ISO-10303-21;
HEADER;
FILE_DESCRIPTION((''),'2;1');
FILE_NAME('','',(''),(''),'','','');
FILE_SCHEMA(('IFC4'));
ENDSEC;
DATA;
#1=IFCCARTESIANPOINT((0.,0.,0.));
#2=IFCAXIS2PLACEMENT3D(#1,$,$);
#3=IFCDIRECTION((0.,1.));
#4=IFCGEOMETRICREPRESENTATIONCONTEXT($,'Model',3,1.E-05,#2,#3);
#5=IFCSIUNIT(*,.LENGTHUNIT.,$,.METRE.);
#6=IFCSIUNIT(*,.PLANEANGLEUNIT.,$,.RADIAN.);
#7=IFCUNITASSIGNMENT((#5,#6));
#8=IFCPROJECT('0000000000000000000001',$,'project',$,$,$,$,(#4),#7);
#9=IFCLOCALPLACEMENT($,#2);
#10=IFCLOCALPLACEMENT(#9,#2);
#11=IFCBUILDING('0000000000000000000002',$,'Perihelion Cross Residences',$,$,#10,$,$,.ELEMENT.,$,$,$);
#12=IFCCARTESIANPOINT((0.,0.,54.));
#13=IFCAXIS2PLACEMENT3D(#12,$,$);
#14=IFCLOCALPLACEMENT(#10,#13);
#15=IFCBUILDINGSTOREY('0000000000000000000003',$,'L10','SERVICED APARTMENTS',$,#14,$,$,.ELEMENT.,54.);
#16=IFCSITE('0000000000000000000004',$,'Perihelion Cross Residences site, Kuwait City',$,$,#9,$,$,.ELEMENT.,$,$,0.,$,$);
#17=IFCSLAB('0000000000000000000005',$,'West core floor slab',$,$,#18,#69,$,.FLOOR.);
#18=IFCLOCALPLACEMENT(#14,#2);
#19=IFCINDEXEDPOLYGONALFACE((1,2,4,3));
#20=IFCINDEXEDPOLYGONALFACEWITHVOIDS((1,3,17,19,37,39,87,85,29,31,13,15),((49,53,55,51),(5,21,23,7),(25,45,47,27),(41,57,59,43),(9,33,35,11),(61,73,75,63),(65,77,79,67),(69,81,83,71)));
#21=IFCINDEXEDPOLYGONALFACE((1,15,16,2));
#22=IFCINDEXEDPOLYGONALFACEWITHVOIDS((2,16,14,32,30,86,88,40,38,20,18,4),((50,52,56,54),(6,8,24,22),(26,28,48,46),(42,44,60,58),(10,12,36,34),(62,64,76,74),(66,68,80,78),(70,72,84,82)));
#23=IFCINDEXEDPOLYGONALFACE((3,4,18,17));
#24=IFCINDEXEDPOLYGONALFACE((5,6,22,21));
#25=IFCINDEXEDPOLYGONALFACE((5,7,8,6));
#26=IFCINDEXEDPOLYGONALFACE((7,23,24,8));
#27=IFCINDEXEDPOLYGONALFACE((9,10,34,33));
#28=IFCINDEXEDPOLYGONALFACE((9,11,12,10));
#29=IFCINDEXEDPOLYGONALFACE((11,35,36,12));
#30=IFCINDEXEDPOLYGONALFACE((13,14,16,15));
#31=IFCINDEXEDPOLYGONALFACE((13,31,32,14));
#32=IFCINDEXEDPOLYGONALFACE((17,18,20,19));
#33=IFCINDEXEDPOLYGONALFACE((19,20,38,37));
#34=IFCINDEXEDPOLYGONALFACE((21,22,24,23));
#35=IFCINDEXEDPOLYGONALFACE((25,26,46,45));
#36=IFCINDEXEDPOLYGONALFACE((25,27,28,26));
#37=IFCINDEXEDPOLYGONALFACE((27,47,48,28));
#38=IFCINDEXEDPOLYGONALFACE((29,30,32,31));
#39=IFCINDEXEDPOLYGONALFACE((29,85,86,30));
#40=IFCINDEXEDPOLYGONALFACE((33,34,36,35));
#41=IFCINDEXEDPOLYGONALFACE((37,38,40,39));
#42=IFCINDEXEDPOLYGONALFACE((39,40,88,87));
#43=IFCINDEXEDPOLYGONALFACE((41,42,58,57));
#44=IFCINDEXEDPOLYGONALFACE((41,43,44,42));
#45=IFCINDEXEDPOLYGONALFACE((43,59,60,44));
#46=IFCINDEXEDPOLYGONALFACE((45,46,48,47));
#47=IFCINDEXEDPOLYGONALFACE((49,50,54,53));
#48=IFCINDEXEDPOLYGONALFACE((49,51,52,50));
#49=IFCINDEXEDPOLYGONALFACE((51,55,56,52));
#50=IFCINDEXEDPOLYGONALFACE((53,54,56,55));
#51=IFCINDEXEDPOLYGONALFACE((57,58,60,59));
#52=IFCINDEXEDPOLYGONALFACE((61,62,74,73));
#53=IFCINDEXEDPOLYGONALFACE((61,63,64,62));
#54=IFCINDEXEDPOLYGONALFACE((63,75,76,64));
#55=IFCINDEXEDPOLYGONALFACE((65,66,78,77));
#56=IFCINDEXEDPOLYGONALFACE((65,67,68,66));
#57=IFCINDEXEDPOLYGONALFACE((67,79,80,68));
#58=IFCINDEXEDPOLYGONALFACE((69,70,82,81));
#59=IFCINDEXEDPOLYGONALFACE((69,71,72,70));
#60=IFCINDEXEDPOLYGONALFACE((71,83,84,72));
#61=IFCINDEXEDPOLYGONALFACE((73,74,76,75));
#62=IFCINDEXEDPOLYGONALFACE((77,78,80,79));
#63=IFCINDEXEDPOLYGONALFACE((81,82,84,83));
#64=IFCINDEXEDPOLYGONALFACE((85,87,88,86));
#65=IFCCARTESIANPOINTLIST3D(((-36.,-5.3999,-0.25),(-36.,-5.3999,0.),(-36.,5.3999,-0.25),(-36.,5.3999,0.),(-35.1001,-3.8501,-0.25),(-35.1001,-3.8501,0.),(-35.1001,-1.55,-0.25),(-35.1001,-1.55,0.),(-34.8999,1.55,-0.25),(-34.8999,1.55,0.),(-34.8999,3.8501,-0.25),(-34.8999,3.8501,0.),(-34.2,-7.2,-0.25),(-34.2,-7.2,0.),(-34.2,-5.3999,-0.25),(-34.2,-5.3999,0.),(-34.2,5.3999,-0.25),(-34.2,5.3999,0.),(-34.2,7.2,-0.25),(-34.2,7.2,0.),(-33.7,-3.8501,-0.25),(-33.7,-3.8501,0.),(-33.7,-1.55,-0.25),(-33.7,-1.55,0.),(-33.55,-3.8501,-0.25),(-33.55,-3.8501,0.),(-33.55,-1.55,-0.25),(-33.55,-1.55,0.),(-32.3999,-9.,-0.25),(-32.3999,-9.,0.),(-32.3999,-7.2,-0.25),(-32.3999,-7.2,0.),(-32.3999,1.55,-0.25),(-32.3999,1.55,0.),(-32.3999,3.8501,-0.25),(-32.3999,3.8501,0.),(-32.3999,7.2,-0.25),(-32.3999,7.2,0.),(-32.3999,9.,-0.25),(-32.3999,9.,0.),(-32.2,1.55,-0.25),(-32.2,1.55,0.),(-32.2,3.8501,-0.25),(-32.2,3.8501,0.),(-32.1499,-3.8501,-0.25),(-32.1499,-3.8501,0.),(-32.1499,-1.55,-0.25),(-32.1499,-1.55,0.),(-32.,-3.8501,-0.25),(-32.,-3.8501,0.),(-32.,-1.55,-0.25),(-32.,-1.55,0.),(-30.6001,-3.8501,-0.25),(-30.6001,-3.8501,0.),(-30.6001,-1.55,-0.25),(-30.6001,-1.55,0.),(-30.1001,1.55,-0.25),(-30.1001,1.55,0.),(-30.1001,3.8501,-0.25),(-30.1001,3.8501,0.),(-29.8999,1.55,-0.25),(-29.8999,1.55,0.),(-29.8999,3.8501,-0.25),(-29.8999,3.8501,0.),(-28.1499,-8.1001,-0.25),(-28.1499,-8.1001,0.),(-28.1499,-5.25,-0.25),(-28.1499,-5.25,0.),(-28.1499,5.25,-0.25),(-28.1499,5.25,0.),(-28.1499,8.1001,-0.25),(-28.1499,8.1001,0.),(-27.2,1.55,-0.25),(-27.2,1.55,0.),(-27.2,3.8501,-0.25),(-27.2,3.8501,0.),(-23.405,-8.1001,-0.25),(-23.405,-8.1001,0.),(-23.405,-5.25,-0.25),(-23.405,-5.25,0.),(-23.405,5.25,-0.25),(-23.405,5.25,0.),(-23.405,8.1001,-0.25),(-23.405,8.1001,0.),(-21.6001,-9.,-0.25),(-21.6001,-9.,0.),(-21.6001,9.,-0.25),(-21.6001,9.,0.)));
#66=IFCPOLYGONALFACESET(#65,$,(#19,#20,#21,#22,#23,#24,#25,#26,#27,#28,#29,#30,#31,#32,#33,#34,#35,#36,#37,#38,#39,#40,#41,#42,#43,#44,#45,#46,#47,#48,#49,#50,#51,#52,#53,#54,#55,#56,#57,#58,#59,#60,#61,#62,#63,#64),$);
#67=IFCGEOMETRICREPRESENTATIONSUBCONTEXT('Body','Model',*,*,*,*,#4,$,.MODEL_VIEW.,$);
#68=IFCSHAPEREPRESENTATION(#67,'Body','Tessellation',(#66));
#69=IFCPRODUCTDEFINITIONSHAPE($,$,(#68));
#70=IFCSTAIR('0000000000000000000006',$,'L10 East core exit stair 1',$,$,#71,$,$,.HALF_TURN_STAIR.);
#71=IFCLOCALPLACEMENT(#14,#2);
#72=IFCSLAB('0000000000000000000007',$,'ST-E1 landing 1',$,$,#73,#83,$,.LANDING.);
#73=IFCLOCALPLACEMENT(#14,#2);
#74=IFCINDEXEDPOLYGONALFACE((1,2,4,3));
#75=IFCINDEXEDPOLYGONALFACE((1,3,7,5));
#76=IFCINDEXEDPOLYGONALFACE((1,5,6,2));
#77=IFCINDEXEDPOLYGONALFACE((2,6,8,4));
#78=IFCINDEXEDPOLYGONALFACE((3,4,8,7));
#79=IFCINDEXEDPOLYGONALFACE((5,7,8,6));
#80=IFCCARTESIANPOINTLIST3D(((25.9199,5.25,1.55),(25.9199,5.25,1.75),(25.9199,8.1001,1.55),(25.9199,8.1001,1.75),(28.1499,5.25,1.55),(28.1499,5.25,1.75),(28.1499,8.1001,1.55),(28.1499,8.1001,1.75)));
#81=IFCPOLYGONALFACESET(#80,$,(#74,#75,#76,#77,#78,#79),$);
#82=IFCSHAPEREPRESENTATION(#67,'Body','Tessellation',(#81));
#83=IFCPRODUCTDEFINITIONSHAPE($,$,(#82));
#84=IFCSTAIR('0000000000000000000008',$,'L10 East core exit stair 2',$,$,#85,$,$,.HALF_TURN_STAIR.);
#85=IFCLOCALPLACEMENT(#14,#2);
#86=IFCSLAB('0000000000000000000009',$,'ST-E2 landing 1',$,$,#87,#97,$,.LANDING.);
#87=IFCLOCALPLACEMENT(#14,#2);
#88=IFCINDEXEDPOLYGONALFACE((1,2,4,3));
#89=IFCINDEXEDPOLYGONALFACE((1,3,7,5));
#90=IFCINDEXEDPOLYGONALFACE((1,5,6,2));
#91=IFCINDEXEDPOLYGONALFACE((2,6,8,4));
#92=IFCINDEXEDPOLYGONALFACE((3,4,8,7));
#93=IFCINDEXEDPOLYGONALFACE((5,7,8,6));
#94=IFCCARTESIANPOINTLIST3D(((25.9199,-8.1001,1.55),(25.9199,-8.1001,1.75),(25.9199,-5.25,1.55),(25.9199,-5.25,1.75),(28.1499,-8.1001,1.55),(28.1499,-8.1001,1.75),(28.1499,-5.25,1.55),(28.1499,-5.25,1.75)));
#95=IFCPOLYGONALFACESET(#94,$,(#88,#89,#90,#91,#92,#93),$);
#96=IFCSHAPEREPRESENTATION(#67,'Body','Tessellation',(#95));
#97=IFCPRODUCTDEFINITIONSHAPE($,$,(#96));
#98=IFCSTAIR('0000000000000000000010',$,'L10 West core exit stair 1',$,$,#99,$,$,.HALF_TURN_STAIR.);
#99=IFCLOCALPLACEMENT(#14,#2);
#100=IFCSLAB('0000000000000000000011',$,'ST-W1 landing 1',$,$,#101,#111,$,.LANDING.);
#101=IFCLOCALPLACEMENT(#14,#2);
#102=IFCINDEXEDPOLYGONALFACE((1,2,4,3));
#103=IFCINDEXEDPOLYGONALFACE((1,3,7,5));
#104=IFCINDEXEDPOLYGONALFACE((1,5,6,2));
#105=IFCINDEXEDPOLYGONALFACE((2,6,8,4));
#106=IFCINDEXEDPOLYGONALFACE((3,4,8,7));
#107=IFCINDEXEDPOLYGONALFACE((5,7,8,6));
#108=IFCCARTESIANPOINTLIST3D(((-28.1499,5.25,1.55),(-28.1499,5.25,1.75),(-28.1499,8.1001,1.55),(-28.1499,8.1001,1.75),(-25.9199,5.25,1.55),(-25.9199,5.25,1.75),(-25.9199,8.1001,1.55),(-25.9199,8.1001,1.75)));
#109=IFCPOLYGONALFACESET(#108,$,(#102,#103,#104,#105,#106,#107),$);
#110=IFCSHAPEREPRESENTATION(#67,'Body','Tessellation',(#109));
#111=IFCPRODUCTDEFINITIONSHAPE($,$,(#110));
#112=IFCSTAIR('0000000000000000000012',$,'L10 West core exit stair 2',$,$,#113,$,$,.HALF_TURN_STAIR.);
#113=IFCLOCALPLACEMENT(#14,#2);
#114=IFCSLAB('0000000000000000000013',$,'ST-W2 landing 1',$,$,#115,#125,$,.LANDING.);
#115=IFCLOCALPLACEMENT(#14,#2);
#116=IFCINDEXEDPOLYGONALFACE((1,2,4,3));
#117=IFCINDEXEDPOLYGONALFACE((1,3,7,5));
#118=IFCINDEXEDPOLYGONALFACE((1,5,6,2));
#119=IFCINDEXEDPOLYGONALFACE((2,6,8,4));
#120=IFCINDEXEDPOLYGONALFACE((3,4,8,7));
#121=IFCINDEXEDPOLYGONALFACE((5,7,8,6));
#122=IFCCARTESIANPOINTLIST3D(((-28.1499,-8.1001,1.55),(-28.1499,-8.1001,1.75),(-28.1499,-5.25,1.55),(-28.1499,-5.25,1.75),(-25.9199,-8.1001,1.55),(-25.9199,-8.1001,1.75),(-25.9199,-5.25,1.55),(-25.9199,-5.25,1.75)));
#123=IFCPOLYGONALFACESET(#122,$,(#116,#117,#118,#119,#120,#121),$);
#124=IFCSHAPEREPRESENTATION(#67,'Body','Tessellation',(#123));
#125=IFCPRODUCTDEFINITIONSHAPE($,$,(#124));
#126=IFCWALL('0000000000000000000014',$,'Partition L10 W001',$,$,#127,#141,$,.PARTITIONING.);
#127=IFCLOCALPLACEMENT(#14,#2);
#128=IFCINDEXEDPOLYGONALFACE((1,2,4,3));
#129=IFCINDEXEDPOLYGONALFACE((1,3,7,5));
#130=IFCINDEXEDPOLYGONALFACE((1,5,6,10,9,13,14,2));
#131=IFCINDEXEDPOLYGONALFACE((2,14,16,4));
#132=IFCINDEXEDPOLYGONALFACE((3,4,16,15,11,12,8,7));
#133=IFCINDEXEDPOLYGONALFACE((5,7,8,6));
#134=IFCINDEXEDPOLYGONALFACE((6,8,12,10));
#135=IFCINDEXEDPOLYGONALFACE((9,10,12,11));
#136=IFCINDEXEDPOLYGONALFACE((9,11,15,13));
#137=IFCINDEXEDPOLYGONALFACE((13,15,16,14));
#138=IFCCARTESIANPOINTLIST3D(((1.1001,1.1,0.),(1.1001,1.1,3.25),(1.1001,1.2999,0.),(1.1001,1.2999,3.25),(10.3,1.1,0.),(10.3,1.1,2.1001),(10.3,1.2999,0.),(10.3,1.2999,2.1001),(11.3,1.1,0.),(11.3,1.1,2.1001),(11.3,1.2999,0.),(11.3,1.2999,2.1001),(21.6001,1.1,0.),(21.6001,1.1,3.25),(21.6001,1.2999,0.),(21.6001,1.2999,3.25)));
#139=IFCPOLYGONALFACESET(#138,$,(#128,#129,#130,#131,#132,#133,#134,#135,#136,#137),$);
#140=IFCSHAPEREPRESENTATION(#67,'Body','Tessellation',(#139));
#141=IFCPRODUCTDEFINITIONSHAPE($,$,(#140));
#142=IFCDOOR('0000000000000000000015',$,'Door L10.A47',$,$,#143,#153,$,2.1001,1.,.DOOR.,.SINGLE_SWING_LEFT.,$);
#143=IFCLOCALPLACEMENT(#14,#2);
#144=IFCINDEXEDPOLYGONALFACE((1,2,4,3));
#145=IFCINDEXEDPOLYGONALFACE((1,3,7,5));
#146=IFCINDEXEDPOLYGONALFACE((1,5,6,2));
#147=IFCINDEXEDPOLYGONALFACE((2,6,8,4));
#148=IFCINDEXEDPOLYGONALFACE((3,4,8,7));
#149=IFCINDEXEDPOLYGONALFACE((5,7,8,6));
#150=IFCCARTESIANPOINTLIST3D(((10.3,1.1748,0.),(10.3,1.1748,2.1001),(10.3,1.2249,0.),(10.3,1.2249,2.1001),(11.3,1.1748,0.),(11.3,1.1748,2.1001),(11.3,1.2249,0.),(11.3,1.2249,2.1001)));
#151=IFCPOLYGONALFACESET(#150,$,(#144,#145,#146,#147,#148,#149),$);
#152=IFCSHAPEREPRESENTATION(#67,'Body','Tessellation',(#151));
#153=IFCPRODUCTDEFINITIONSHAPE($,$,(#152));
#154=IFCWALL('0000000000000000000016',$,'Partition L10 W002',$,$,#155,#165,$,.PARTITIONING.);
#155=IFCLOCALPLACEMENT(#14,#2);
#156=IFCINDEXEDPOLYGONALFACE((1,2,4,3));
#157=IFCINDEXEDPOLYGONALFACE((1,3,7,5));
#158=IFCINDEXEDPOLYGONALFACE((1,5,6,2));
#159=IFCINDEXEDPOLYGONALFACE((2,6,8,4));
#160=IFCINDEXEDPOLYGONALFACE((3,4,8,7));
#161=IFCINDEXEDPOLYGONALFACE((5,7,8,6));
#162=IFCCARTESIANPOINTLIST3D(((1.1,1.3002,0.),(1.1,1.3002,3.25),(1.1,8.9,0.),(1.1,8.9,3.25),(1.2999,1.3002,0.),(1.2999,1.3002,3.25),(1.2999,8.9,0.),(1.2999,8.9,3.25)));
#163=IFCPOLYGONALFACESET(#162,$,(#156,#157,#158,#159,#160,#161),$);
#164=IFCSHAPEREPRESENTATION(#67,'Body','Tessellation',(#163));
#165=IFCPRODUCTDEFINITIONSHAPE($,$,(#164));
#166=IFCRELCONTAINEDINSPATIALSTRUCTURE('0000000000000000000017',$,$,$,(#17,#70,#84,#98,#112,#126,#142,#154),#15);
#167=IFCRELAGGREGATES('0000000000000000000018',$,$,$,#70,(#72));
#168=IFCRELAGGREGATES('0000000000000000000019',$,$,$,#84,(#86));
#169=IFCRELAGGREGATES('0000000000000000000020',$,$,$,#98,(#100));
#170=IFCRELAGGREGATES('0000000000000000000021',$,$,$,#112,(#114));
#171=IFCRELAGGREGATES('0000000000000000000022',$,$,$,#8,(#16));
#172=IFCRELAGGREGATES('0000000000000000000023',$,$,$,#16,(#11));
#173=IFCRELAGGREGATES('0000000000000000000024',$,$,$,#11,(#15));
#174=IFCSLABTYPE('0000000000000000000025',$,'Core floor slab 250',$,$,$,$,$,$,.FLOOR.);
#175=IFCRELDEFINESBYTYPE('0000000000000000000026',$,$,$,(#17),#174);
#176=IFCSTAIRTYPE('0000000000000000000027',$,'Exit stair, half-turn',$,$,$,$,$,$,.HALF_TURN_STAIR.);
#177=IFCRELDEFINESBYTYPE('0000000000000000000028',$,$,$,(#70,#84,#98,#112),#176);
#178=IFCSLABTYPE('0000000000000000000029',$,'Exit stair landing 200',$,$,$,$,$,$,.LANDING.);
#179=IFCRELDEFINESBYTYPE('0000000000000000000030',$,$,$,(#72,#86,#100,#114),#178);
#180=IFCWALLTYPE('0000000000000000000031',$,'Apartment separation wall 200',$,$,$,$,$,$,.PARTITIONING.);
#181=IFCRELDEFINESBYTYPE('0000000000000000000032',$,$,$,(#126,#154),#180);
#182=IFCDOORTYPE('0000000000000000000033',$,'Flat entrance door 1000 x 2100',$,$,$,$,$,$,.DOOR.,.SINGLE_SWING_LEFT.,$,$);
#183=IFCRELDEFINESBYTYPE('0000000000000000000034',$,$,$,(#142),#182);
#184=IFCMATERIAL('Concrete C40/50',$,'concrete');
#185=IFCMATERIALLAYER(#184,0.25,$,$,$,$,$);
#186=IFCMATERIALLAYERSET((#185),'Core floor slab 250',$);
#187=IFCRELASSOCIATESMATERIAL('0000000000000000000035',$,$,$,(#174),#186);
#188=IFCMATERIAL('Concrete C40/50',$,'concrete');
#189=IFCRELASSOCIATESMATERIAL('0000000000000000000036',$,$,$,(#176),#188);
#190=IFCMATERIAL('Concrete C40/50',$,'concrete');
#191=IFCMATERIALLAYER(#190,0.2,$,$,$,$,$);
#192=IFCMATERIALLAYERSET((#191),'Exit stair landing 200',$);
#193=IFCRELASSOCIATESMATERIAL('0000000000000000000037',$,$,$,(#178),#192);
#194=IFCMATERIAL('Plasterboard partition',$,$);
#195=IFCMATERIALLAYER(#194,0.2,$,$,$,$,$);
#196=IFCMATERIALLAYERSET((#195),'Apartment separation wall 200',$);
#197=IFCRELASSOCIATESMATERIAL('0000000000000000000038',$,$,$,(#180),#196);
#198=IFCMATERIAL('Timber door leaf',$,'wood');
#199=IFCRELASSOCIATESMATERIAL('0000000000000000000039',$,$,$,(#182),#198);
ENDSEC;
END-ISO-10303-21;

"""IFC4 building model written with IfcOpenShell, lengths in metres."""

from ifc_helpers import new_model, si_unit, direction, frame, frame_2d, origin, place, context, subcontext, project, spatial, polyline, rectangle, outline, extrude, material, layer, layer_set, type_object, element, fill, aggregate, save


model = new_model("IFC4")

# Units and contexts
model_context = context("Model", 3, precision=1e-05, world=origin(), true_north=direction((0.0, 1.0)))
body_context = subcontext(model_context, "Body", "Model", "MODEL_VIEW")
ifc_project = project(units=[si_unit("LENGTHUNIT", "METRE"), si_unit("PLANEANGLEUNIT", "RADIAN")], contexts=[model_context])

# Site, building, storey
site_placement = place(None, origin())
site = spatial("IfcSite", under=ifc_project, at=site_placement, Name="Perihelion Cross Residences site, Kuwait City", CompositionType="ELEMENT", RefElevation=0.0)
building_placement = place(site_placement, origin())
building = spatial("IfcBuilding", under=site, at=building_placement, Name="Perihelion Cross Residences", CompositionType="ELEMENT")
storey_placement = place(building_placement, frame((0.0, 0.0, 54.0)))
storey = spatial("IfcBuildingStorey", under=building, at=storey_placement, Name="L10", Description="SERVICED APARTMENTS", CompositionType="ELEMENT", Elevation=54.0)

# Slab
ifc_material_1 = material(Name="Concrete C40/50", Category="concrete")
ifc_layer_1 = layer(ifc_material_1, 0.25)
ifc_layer_set_1 = layer_set([ifc_layer_1], Name="Core floor slab 250")
slab_type_1 = type_object("IfcSlabType", Name="Core floor slab 250", PredefinedType="FLOOR", material=ifc_layer_set_1)
slab_1_placement = place(storey_placement, frame((0.0, 0.0, -0.25)))
element("IfcSlab", 1, at=slab_1_placement, inside=storey, type_object=slab_type_1, Name="West core floor slab", PredefinedType="FLOOR", context=body_context, shape_type="SweptSolid", body=[
    extrude(outline(polyline([(-32.3999, 7.2), (-34.2, 7.2), (-34.2, 5.3999), (-36.0, 5.3999), (-36.0, -5.3999), (-34.2, -5.3999), (-34.2, -7.2), (-32.3999, -7.2), (-32.3999, -9.0), (-21.6001, -9.0), (-21.6001, 9.0), (-32.3999, 9.0), (-32.3999, 7.2)]), holes=[polyline([(-23.405, -8.1001), (-28.1499, -8.1001), (-28.1499, -5.25), (-23.405, -5.25), (-23.405, -8.1001)]), polyline([(-30.6001, -1.55), (-30.6001, -3.8501), (-32.0, -3.8501), (-32.0, -1.55), (-30.6001, -1.55)]), polyline([(-32.1499, -1.55), (-32.1499, -3.8501), (-33.55, -3.8501), (-33.55, -1.55), (-32.1499, -1.55)]), polyline([(-33.7, -1.55), (-33.7, -3.8501), (-35.1001, -3.8501), (-35.1001, -1.55), (-33.7, -1.55)]), polyline([(-27.2, 3.8501), (-27.2, 1.55), (-29.8999, 1.55), (-29.8999, 3.8501), (-27.2, 3.8501)]), polyline([(-30.1001, 3.8501), (-30.1001, 1.55), (-32.2, 1.55), (-32.2, 3.8501), (-30.1001, 3.8501)]), polyline([(-32.3999, 3.8501), (-32.3999, 1.55), (-34.8999, 1.55), (-34.8999, 3.8501), (-32.3999, 3.8501)]), polyline([(-23.405, 5.25), (-28.1499, 5.25), (-28.1499, 8.1001), (-23.405, 8.1001), (-23.405, 5.25)])]), origin(), (0.0, 0.0, 1.0), 0.25),
])

# Stairs, slabs
ifc_material_2 = material(Name="Concrete C40/50", Category="concrete")
stair_type = type_object("IfcStairType", Name="Exit stair, half-turn", PredefinedType="HALF_TURN_STAIR", material=ifc_material_2)
stair_1_placement = place(storey_placement, origin())
stair_1 = element("IfcStair", 2, at=stair_1_placement, inside=storey, type_object=stair_type, Name="L10 East core exit stair 1", PredefinedType="HALF_TURN_STAIR")
ifc_material_3 = material(Name="Concrete C40/50", Category="concrete")
ifc_layer_2 = layer(ifc_material_3, 0.2)
ifc_layer_set_2 = layer_set([ifc_layer_2], Name="Exit stair landing 200")
slab_type_2 = type_object("IfcSlabType", Name="Exit stair landing 200", PredefinedType="LANDING", material=ifc_layer_set_2)
slab_2_placement = place(storey_placement, frame((0.0, 0.0, 1.55)))
slab_2 = element("IfcSlab", 3, at=slab_2_placement, type_object=slab_type_2, Name="ST-E1 landing 1", PredefinedType="LANDING", context=body_context, shape_type="SweptSolid", body=[
    extrude(outline(polyline([(25.9199, 5.25), (28.1499, 5.25), (28.1499, 8.1001), (25.9199, 8.1001), (25.9199, 5.25)])), origin(), (0.0, 0.0, 1.0), 0.2),
])
aggregate(stair_1, [slab_2])
stair_2_placement = place(storey_placement, origin())
stair_2 = element("IfcStair", 4, at=stair_2_placement, inside=storey, type_object=stair_type, Name="L10 East core exit stair 2", PredefinedType="HALF_TURN_STAIR")
slab_3_placement = place(storey_placement, frame((0.0, 0.0, 1.55)))
slab_3 = element("IfcSlab", 5, at=slab_3_placement, type_object=slab_type_2, Name="ST-E2 landing 1", PredefinedType="LANDING", context=body_context, shape_type="SweptSolid", body=[
    extrude(outline(polyline([(25.9199, -8.1001), (28.1499, -8.1001), (28.1499, -5.25), (25.9199, -5.25), (25.9199, -8.1001)])), origin(), (0.0, 0.0, 1.0), 0.2),
])
aggregate(stair_2, [slab_3])
stair_3_placement = place(storey_placement, origin())
stair_3 = element("IfcStair", 6, at=stair_3_placement, inside=storey, type_object=stair_type, Name="L10 West core exit stair 1", PredefinedType="HALF_TURN_STAIR")
slab_4_placement = place(storey_placement, frame((0.0, 0.0, 1.55)))
slab_4 = element("IfcSlab", 7, at=slab_4_placement, type_object=slab_type_2, Name="ST-W1 landing 1", PredefinedType="LANDING", context=body_context, shape_type="SweptSolid", body=[
    extrude(outline(polyline([(-25.9199, 8.1001), (-28.1499, 8.1001), (-28.1499, 5.25), (-25.9199, 5.25), (-25.9199, 8.1001)])), origin(), (0.0, 0.0, 1.0), 0.2),
])
aggregate(stair_3, [slab_4])
stair_4_placement = place(storey_placement, origin())
stair_4 = element("IfcStair", 8, at=stair_4_placement, inside=storey, type_object=stair_type, Name="L10 West core exit stair 2", PredefinedType="HALF_TURN_STAIR")
slab_5_placement = place(storey_placement, frame((0.0, 0.0, 1.55)))
slab_5 = element("IfcSlab", 9, at=slab_5_placement, type_object=slab_type_2, Name="ST-W2 landing 1", PredefinedType="LANDING", context=body_context, shape_type="SweptSolid", body=[
    extrude(outline(polyline([(-25.9199, -5.25), (-28.1499, -5.25), (-28.1499, -8.1001), (-25.9199, -8.1001), (-25.9199, -5.25)])), origin(), (0.0, 0.0, 1.0), 0.2),
])
aggregate(stair_4, [slab_5])

# Wall, opening, door
ifc_material_4 = material(Name="Plasterboard partition")
ifc_layer_3 = layer(ifc_material_4, 0.2)
ifc_layer_set_3 = layer_set([ifc_layer_3], Name="Apartment separation wall 200")
wall_type_1 = type_object("IfcWallType", Name="Apartment separation wall 200", PredefinedType="PARTITIONING", material=ifc_layer_set_3)
wall_1_placement = place(storey_placement, frame((1.1001, 1.2, 0.0), z_axis=(0.0, 0.0, 1.0), x_axis=(1.0, 0.0, 0.0)))
wall_1 = element("IfcWall", 10, at=wall_1_placement, inside=storey, type_object=wall_type_1, Name="Partition L10 W001", PredefinedType="PARTITIONING", context=body_context, shape_type="SweptSolid", body=[
    extrude(rectangle(XDim=20.5, YDim=0.2, at=frame_2d((10.25, 0.0))), origin(), (0.0, 0.0, 1.0), 3.25),
])
opening_1_placement = place(wall_1_placement, frame((9.2, 0.0, 0.0)))
opening_1 = element("IfcOpeningElement", 11, at=opening_1_placement, cuts=wall_1, PredefinedType="OPENING", context=body_context, shape_type="SweptSolid", body=[
    extrude(rectangle(XDim=1.0, YDim=2.1001, at=frame_2d((0.5, 1.05))), frame((0.0, 0.1099, 0.0), z_axis=(0.0, -1.0, 0.0), x_axis=(1.0, 0.0, 0.0)), (0.0, 0.0, 1.0), 0.22),
])
ifc_material_5 = material(Name="Timber door leaf", Category="wood")
door_type_1 = type_object("IfcDoorType", Name="Flat entrance door 1000 x 2100", OperationType="SINGLE_SWING_LEFT", PredefinedType="DOOR", material=ifc_material_5)
door_1_placement = place(opening_1_placement, origin())
door_1 = element("IfcDoor", 12, at=door_1_placement, inside=storey, type_object=door_type_1, Name="Door L10.A47", OperationType="SINGLE_SWING_LEFT", OverallHeight=2.1001, OverallWidth=1.0, PredefinedType="DOOR", context=body_context, shape_type="SweptSolid", body=[
    extrude(rectangle(XDim=1.0, YDim=2.1001, at=frame_2d((0.5, 1.05))), frame((0.0, 0.0249, 0.0), z_axis=(0.0, -1.0, 0.0), x_axis=(1.0, 0.0, 0.0)), (0.0, 0.0, 1.0), 0.05),
])
fill(opening_1, door_1)

# Wall
wall_2_placement = place(storey_placement, frame((1.2, 8.8999, 0.0), z_axis=(0.0, 0.0, 1.0), x_axis=(0.0, -1.0, 0.0)))
element("IfcWall", 13, at=wall_2_placement, inside=storey, type_object=wall_type_1, Name="Partition L10 W002", PredefinedType="PARTITIONING", context=body_context, shape_type="SweptSolid", body=[
    extrude(rectangle(XDim=7.5999, YDim=0.2, at=frame_2d((3.7998, 0.0))), origin(), (0.0, 0.0, 1.0), 3.25),
])

save(model, "model.ifc")
